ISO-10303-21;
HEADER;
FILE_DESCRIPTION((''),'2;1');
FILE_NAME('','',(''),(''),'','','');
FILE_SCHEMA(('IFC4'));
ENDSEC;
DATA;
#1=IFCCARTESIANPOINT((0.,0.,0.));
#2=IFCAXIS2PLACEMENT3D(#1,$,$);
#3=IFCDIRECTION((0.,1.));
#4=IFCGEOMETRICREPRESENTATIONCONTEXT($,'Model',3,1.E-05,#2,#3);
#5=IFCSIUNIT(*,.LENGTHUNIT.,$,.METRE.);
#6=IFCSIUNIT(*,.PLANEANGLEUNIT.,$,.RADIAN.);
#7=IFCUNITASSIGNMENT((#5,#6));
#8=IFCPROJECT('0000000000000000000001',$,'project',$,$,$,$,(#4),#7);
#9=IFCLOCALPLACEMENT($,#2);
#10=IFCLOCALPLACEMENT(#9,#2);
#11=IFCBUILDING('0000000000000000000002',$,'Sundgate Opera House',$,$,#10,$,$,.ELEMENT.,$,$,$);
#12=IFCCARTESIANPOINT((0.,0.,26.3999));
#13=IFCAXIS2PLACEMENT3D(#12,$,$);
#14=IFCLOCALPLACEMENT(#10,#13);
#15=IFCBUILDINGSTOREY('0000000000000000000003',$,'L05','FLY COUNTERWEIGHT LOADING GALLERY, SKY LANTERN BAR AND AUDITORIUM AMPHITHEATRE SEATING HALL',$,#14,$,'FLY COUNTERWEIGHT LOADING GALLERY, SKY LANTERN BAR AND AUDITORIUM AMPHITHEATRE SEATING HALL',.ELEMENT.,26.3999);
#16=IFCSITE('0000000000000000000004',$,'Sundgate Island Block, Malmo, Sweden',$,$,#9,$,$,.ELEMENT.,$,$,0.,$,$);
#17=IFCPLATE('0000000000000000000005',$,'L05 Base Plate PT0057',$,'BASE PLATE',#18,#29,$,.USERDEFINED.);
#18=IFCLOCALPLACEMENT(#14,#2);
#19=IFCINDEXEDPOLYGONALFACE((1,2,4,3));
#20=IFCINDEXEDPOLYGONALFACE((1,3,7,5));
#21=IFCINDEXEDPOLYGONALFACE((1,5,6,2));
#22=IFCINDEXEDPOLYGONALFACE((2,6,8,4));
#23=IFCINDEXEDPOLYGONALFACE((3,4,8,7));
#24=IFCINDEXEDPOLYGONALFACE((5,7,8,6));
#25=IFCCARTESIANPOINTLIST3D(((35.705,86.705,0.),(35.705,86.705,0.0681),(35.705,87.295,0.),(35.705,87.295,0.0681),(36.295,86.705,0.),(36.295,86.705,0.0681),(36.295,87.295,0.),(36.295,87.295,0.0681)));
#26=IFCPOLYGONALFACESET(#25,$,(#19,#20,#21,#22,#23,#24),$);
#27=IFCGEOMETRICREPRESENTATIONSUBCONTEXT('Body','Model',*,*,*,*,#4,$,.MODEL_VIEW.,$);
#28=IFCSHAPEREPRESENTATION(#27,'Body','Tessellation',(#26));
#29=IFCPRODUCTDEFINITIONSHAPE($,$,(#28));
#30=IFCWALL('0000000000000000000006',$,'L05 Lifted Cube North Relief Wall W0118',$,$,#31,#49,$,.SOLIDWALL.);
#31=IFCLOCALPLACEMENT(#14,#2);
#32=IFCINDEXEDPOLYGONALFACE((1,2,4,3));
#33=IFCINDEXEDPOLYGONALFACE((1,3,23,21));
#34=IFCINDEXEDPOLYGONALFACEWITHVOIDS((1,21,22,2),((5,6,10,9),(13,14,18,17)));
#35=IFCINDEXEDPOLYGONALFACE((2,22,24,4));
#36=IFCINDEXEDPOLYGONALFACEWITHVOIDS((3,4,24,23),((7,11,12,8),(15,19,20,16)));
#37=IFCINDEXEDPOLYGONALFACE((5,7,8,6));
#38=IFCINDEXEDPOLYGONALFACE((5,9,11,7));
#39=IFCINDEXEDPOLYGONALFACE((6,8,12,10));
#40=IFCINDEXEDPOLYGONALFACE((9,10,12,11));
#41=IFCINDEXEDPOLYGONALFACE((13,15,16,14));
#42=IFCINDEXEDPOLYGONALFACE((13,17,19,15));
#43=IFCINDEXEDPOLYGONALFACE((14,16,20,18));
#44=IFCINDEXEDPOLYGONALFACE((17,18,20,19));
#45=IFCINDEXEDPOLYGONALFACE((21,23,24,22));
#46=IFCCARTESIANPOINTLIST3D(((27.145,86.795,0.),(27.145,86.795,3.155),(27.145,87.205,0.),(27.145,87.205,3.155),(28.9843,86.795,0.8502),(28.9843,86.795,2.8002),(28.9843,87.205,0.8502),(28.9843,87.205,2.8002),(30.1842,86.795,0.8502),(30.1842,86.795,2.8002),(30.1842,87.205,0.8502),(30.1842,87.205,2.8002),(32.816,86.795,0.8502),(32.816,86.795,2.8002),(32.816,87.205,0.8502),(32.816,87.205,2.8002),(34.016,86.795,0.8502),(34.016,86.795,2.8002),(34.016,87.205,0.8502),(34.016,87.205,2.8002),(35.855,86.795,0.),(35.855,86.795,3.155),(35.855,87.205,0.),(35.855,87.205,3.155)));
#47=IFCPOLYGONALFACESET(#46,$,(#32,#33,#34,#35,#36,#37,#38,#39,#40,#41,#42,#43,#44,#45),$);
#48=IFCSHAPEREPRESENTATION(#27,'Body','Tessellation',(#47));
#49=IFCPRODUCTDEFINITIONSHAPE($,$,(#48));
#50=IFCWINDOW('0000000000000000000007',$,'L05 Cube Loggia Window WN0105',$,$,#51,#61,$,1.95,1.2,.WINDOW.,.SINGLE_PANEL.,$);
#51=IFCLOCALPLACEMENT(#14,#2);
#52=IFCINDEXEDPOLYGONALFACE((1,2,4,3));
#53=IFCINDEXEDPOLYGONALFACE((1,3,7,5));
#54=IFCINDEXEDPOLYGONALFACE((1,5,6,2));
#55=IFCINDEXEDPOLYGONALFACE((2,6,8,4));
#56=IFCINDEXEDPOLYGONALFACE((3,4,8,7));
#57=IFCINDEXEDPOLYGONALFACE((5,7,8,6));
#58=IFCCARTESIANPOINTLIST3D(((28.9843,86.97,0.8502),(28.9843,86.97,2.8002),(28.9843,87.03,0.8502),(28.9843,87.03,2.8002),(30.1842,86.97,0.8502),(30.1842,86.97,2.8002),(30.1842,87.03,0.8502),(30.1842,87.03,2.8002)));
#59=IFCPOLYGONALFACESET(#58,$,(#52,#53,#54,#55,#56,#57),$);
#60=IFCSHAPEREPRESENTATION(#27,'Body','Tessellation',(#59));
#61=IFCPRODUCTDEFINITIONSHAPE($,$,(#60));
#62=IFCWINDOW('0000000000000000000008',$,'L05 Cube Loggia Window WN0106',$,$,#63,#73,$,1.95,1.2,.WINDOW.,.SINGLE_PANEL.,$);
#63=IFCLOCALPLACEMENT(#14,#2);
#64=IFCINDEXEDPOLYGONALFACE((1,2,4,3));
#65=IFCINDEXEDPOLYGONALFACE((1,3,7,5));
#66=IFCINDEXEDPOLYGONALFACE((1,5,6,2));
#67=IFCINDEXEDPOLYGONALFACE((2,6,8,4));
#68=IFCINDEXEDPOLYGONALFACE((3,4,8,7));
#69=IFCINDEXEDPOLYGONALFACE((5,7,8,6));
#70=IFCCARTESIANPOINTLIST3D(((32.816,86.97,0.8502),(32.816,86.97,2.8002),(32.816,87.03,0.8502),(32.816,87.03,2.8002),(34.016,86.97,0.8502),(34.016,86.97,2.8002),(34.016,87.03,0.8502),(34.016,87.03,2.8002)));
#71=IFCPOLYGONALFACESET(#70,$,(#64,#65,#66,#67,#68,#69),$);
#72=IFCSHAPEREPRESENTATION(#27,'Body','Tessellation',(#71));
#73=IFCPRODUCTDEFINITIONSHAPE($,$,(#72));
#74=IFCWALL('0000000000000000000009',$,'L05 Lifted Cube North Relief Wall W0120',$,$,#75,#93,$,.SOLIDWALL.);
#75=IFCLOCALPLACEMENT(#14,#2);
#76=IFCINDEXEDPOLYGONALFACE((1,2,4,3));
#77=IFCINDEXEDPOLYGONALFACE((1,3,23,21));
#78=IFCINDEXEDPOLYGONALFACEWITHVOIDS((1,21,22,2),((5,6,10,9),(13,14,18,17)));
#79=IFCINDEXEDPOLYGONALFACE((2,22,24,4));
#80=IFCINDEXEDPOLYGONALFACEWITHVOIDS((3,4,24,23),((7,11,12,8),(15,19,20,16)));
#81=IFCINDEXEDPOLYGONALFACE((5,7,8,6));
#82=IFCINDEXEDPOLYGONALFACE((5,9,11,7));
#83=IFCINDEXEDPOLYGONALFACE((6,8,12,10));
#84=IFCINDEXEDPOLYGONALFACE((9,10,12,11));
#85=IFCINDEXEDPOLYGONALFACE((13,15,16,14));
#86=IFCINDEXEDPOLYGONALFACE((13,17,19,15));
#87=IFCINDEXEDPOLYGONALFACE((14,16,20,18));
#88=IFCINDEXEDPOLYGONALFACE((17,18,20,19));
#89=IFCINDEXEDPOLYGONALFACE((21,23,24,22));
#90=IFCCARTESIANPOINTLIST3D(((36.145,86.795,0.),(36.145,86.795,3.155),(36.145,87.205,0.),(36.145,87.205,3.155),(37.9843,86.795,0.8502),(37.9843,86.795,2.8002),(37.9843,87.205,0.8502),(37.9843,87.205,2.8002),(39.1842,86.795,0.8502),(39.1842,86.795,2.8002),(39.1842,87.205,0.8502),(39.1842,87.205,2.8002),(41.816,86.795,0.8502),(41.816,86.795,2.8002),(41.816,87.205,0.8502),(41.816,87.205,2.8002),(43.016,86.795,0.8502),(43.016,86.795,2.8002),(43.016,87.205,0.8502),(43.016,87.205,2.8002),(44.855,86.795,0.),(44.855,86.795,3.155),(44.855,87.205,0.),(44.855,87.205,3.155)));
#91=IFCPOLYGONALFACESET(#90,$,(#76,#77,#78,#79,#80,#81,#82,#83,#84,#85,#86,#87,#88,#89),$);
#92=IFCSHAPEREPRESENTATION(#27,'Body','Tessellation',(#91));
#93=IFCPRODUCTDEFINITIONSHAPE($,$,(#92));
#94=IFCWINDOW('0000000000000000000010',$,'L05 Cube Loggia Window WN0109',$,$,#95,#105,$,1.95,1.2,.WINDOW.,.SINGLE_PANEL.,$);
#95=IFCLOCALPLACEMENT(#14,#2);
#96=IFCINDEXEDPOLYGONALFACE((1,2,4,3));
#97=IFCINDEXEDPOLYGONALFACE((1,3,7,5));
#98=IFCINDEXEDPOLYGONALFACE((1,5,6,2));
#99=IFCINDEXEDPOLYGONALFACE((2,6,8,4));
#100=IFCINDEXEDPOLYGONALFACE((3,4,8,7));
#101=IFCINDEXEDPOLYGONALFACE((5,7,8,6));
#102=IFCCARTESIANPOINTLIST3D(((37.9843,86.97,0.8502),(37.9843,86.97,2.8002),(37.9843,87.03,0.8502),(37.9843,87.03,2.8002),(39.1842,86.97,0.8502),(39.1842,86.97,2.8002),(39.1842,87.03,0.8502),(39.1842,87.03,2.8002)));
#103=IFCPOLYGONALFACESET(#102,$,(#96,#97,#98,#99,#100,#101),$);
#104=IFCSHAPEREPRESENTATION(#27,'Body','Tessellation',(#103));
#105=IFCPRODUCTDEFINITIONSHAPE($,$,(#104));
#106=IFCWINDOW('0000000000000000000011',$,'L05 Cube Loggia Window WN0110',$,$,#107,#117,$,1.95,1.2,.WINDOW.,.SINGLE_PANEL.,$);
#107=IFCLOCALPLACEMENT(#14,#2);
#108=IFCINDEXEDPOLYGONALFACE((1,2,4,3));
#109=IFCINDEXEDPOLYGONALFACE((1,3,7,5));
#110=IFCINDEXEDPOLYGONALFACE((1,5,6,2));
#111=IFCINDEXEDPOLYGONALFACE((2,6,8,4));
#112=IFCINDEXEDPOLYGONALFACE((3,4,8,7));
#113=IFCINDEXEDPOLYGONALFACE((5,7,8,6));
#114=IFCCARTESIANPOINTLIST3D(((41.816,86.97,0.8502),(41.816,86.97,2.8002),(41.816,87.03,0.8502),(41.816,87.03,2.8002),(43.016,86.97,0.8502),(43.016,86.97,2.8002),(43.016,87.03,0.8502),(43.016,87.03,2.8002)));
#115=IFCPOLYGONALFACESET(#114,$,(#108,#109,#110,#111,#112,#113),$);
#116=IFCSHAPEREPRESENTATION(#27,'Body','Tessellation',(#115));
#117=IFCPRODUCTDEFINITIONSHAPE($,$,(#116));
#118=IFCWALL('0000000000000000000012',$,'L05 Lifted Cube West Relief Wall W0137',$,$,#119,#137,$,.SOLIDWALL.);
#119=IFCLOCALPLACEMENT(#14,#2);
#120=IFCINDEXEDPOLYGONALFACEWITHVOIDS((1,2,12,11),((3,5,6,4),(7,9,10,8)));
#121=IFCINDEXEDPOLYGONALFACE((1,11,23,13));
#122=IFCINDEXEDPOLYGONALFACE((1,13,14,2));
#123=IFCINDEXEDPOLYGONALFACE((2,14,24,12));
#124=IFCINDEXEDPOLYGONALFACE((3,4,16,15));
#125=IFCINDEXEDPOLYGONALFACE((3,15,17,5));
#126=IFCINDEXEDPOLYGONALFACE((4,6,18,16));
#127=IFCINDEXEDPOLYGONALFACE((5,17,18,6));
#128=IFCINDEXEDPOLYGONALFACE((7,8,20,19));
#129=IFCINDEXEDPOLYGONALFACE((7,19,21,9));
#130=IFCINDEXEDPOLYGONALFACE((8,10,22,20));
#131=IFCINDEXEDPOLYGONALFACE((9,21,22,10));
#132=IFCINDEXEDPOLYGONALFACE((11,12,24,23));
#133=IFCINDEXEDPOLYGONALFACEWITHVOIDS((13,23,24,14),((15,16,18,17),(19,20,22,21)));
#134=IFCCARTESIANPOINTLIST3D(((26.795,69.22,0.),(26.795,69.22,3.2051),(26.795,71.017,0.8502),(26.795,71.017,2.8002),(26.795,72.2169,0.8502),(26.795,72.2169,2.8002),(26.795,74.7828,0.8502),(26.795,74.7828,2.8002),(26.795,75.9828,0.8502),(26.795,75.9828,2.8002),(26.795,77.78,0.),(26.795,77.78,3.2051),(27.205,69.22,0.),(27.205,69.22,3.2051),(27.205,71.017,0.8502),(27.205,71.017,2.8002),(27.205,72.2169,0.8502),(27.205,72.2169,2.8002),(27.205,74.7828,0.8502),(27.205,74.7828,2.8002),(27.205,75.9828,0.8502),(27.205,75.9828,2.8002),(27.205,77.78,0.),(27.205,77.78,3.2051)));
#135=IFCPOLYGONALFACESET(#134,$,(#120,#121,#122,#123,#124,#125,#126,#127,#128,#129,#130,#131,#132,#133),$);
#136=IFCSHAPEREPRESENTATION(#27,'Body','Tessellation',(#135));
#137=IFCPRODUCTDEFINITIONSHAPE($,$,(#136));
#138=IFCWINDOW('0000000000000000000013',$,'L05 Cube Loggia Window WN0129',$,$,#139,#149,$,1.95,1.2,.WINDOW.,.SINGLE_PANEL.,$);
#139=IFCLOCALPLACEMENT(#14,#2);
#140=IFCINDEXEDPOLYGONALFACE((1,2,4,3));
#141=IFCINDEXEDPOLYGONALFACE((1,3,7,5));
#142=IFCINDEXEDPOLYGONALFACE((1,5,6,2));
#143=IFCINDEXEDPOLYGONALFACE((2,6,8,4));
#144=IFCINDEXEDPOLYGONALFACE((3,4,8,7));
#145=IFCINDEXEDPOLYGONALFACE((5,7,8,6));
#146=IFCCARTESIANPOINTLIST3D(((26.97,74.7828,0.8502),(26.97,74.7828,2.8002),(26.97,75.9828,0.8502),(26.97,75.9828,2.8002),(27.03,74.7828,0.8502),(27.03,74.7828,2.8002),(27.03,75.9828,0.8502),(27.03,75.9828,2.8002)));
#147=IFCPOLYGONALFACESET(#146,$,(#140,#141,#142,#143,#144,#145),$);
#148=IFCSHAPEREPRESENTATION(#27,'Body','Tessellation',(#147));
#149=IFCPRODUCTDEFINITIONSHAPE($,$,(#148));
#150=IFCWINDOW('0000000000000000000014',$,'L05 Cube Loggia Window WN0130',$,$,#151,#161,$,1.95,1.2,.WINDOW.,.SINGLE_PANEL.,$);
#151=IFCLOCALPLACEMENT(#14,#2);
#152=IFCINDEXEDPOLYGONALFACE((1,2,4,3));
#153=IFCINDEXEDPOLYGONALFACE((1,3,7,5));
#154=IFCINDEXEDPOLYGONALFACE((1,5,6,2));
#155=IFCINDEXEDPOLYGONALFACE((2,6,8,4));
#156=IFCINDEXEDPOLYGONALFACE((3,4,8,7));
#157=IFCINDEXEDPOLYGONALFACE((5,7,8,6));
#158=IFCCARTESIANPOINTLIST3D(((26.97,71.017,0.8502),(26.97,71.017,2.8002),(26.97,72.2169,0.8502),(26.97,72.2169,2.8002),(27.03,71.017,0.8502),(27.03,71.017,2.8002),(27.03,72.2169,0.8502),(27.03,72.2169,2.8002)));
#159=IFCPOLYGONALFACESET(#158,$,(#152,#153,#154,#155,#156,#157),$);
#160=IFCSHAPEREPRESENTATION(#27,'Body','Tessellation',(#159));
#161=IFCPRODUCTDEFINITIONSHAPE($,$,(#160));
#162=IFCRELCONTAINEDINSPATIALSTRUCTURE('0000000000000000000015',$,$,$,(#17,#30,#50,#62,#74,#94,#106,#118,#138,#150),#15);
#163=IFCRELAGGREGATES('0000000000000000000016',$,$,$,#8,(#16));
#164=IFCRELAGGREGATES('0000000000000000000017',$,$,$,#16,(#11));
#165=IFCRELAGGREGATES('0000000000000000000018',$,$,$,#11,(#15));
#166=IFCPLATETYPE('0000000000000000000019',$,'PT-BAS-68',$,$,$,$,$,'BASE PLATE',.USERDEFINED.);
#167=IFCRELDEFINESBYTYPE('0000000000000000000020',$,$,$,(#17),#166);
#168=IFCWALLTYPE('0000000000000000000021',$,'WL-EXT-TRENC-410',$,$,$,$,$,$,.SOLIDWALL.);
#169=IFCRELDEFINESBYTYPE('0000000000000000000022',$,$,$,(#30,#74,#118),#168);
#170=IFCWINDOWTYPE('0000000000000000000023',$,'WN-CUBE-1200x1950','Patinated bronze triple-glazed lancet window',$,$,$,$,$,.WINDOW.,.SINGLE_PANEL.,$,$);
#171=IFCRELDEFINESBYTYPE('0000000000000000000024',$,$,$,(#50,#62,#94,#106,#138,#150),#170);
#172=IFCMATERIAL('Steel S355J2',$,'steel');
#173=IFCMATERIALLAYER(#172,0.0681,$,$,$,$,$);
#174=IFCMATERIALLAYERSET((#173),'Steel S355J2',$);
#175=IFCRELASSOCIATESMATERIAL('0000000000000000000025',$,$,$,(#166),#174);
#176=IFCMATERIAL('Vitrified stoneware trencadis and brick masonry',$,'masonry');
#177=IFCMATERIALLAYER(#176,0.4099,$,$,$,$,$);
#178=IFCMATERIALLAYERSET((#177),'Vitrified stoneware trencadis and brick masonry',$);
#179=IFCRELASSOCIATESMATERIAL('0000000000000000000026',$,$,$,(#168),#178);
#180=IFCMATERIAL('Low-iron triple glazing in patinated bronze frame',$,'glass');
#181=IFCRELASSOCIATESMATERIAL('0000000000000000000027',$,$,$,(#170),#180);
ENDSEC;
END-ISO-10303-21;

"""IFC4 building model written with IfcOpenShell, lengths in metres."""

from ifc_helpers import new_model, si_unit, direction, frame, frame_2d, origin, origin_2d, place, context, subcontext, project, spatial, rectangle, extrude, material, layer, layer_set, type_object, element, fill, save


model = new_model("IFC4")

# Units and contexts
model_context = context("Model", 3, precision=1e-05, world=origin(), true_north=direction((0.0, 1.0)))
body_context = subcontext(model_context, "Body", "Model", "MODEL_VIEW")
ifc_project = project(units=[si_unit("LENGTHUNIT", "METRE"), si_unit("PLANEANGLEUNIT", "RADIAN")], contexts=[model_context])

# Site, building, storey
site_placement = place(None, origin())
site = spatial("IfcSite", under=ifc_project, at=site_placement, Name="Sundgate Island Block, Malmo, Sweden", CompositionType="ELEMENT", RefElevation=0.0)
building_placement = place(site_placement, origin())
building = spatial("IfcBuilding", under=site, at=building_placement, Name="Sundgate Opera House", CompositionType="ELEMENT")
storey_placement = place(building_placement, frame((0.0, 0.0, 26.3999)))
storey = spatial("IfcBuildingStorey", under=building, at=storey_placement, Name="L05", Description="FLY COUNTERWEIGHT LOADING GALLERY, SKY LANTERN BAR AND AUDITORIUM AMPHITHEATRE SEATING HALL", LongName="FLY COUNTERWEIGHT LOADING GALLERY, SKY LANTERN BAR AND AUDITORIUM AMPHITHEATRE SEATING HALL", CompositionType="ELEMENT", Elevation=26.3999)

# Plate
ifc_material_1 = material(Name="Steel S355J2", Category="steel")
ifc_layer_1 = layer(ifc_material_1, 0.0681)
ifc_layer_set_1 = layer_set([ifc_layer_1], Name="Steel S355J2")
plate_type_1 = type_object("IfcPlateType", Name="PT-BAS-68", ElementType="BASE PLATE", PredefinedType="USERDEFINED", material=ifc_layer_set_1)
plate_1_placement = place(storey_placement, frame((36.0, 87.0, 0.0), z_axis=(0.0, 0.0, 1.0), x_axis=(1.0, 0.0, 0.0)))
element("IfcPlate", 1, at=plate_1_placement, inside=storey, type_object=plate_type_1, Name="L05 Base Plate PT0057", ObjectType="BASE PLATE", PredefinedType="USERDEFINED", context=body_context, shape_type="SweptSolid", body=[
    extrude(rectangle(XDim=0.5901, YDim=0.5901, at=origin_2d()), origin(), (0.0, 0.0, 1.0), 0.0681),
])

# Walls, openings, windows
ifc_material_2 = material(Name="Vitrified stoneware trencadis and brick masonry", Category="masonry")
ifc_layer_2 = layer(ifc_material_2, 0.4099)
ifc_layer_set_2 = layer_set([ifc_layer_2], Name="Vitrified stoneware trencadis and brick masonry")
wall_type = type_object("IfcWallType", Name="WL-EXT-TRENC-410", PredefinedType="SOLIDWALL", material=ifc_layer_set_2)
wall_1_placement = place(storey_placement, frame((27.145, 87.0, 0.0), z_axis=(0.0, 0.0, 1.0), x_axis=(1.0, 0.0, 0.0)))
wall_1 = element("IfcWall", 2, at=wall_1_placement, inside=storey, type_object=wall_type, Name="L05 Lifted Cube North Relief Wall W0118", PredefinedType="SOLIDWALL", context=body_context, shape_type="SweptSolid", body=[
    extrude(rectangle(XDim=8.71, YDim=0.4099, at=frame_2d((4.355, 0.0))), origin(), (0.0, 0.0, 1.0), 3.155),
])
opening_1_placement = place(wall_1_placement, frame((1.8391, 0.0, 0.8501)))
opening_1 = element("IfcOpeningElement", 3, at=opening_1_placement, cuts=wall_1, PredefinedType="OPENING", context=body_context, shape_type="SweptSolid", body=[
    extrude(rectangle(XDim=1.2, YDim=1.95, at=frame_2d((0.6001, 0.9751))), frame((0.0, 0.2148, 0.0), z_axis=(0.0, -1.0, 0.0), x_axis=(1.0, 0.0, 0.0)), (0.0, 0.0, 1.0), 0.4299),
])
opening_2_placement = place(wall_1_placement, frame((5.6709, 0.0, 0.8501)))
opening_2 = element("IfcOpeningElement", 4, at=opening_2_placement, cuts=wall_1, PredefinedType="OPENING", context=body_context, shape_type="SweptSolid", body=[
    extrude(rectangle(XDim=1.2, YDim=1.95, at=frame_2d((0.6001, 0.9751))), frame((0.0, 0.2148, 0.0), z_axis=(0.0, -1.0, 0.0), x_axis=(1.0, 0.0, 0.0)), (0.0, 0.0, 1.0), 0.4299),
])
ifc_material_3 = material(Name="Low-iron triple glazing in patinated bronze frame", Category="glass")
window_type = type_object("IfcWindowType", Name="WN-CUBE-1200x1950", Description="Patinated bronze triple-glazed lancet window", PartitioningType="SINGLE_PANEL", PredefinedType="WINDOW", material=ifc_material_3)
window_1_placement = place(opening_1_placement, origin())
window_1 = element("IfcWindow", 5, at=window_1_placement, inside=storey, type_object=window_type, Name="L05 Cube Loggia Window WN0105", OverallHeight=1.95, OverallWidth=1.2, PartitioningType="SINGLE_PANEL", PredefinedType="WINDOW", context=body_context, shape_type="SweptSolid", body=[
    extrude(rectangle(XDim=1.2, YDim=1.95, at=frame_2d((0.6001, 0.9751))), frame((0.0, 0.03, 0.0), z_axis=(0.0, -1.0, 0.0), x_axis=(1.0, 0.0, 0.0)), (0.0, 0.0, 1.0), 0.0601),
])
fill(opening_1, window_1)
window_2_placement = place(opening_2_placement, origin())
window_2 = element("IfcWindow", 6, at=window_2_placement, inside=storey, type_object=window_type, Name="L05 Cube Loggia Window WN0106", OverallHeight=1.95, OverallWidth=1.2, PartitioningType="SINGLE_PANEL", PredefinedType="WINDOW", context=body_context, shape_type="SweptSolid", body=[
    extrude(rectangle(XDim=1.2, YDim=1.95, at=frame_2d((0.6001, 0.9751))), frame((0.0, 0.03, 0.0), z_axis=(0.0, -1.0, 0.0), x_axis=(1.0, 0.0, 0.0)), (0.0, 0.0, 1.0), 0.0601),
])
fill(opening_2, window_2)
wall_2_placement = place(storey_placement, frame((36.145, 87.0, 0.0), z_axis=(0.0, 0.0, 1.0), x_axis=(1.0, 0.0, 0.0)))
wall_2 = element("IfcWall", 7, at=wall_2_placement, inside=storey, type_object=wall_type, Name="L05 Lifted Cube North Relief Wall W0120", PredefinedType="SOLIDWALL", context=body_context, shape_type="SweptSolid", body=[
    extrude(rectangle(XDim=8.71, YDim=0.4099, at=frame_2d((4.355, 0.0))), origin(), (0.0, 0.0, 1.0), 3.155),
])
opening_3_placement = place(wall_2_placement, frame((1.8391, 0.0, 0.8501)))
opening_3 = element("IfcOpeningElement", 8, at=opening_3_placement, cuts=wall_2, PredefinedType="OPENING", context=body_context, shape_type="SweptSolid", body=[
    extrude(rectangle(XDim=1.2, YDim=1.95, at=frame_2d((0.6001, 0.9751))), frame((0.0, 0.2148, 0.0), z_axis=(0.0, -1.0, 0.0), x_axis=(1.0, 0.0, 0.0)), (0.0, 0.0, 1.0), 0.4299),
])
opening_4_placement = place(wall_2_placement, frame((5.6709, 0.0, 0.8501)))
opening_4 = element("IfcOpeningElement", 9, at=opening_4_placement, cuts=wall_2, PredefinedType="OPENING", context=body_context, shape_type="SweptSolid", body=[
    extrude(rectangle(XDim=1.2, YDim=1.95, at=frame_2d((0.6001, 0.9751))), frame((0.0, 0.2148, 0.0), z_axis=(0.0, -1.0, 0.0), x_axis=(1.0, 0.0, 0.0)), (0.0, 0.0, 1.0), 0.4299),
])
window_3_placement = place(opening_3_placement, origin())
window_3 = element("IfcWindow", 10, at=window_3_placement, inside=storey, type_object=window_type, Name="L05 Cube Loggia Window WN0109", OverallHeight=1.95, OverallWidth=1.2, PartitioningType="SINGLE_PANEL", PredefinedType="WINDOW", context=body_context, shape_type="SweptSolid", body=[
    extrude(rectangle(XDim=1.2, YDim=1.95, at=frame_2d((0.6001, 0.9751))), frame((0.0, 0.03, 0.0), z_axis=(0.0, -1.0, 0.0), x_axis=(1.0, 0.0, 0.0)), (0.0, 0.0, 1.0), 0.0601),
])
fill(opening_3, window_3)
window_4_placement = place(opening_4_placement, origin())
window_4 = element("IfcWindow", 11, at=window_4_placement, inside=storey, type_object=window_type, Name="L05 Cube Loggia Window WN0110", OverallHeight=1.95, OverallWidth=1.2, PartitioningType="SINGLE_PANEL", PredefinedType="WINDOW", context=body_context, shape_type="SweptSolid", body=[
    extrude(rectangle(XDim=1.2, YDim=1.95, at=frame_2d((0.6001, 0.9751))), frame((0.0, 0.03, 0.0), z_axis=(0.0, -1.0, 0.0), x_axis=(1.0, 0.0, 0.0)), (0.0, 0.0, 1.0), 0.0601),
])
fill(opening_4, window_4)
wall_3_placement = place(storey_placement, frame((27.0, 77.78, 0.0), z_axis=(0.0, 0.0, 1.0), x_axis=(0.0, -1.0, 0.0)))
wall_3 = element("IfcWall", 12, at=wall_3_placement, inside=storey, type_object=wall_type, Name="L05 Lifted Cube West Relief Wall W0137", PredefinedType="SOLIDWALL", context=body_context, shape_type="SweptSolid", body=[
    extrude(rectangle(XDim=8.5601, YDim=0.4099, at=frame_2d((4.28, 0.0))), origin(), (0.0, 0.0, 1.0), 3.2051),
])
opening_5_placement = place(wall_3_placement, frame((1.7971, 0.0, 0.8501)))
opening_5 = element("IfcOpeningElement", 13, at=opening_5_placement, cuts=wall_3, PredefinedType="OPENING", context=body_context, shape_type="SweptSolid", body=[
    extrude(rectangle(XDim=1.2, YDim=1.95, at=frame_2d((0.6001, 0.9751))), frame((0.0, 0.2148, 0.0), z_axis=(0.0, -1.0, 0.0), x_axis=(1.0, 0.0, 0.0)), (0.0, 0.0, 1.0), 0.4299),
])
opening_6_placement = place(wall_3_placement, frame((5.563, 0.0, 0.8501)))
opening_6 = element("IfcOpeningElement", 14, at=opening_6_placement, cuts=wall_3, PredefinedType="OPENING", context=body_context, shape_type="SweptSolid", body=[
    extrude(rectangle(XDim=1.2, YDim=1.95, at=frame_2d((0.6001, 0.9751))), frame((0.0, 0.2148, 0.0), z_axis=(0.0, -1.0, 0.0), x_axis=(1.0, 0.0, 0.0)), (0.0, 0.0, 1.0), 0.4299),
])
window_5_placement = place(opening_5_placement, origin())
window_5 = element("IfcWindow", 15, at=window_5_placement, inside=storey, type_object=window_type, Name="L05 Cube Loggia Window WN0129", OverallHeight=1.95, OverallWidth=1.2, PartitioningType="SINGLE_PANEL", PredefinedType="WINDOW", context=body_context, shape_type="SweptSolid", body=[
    extrude(rectangle(XDim=1.2, YDim=1.95, at=frame_2d((0.6001, 0.9751))), frame((0.0, 0.03, 0.0), z_axis=(0.0, -1.0, 0.0), x_axis=(1.0, 0.0, 0.0)), (0.0, 0.0, 1.0), 0.0601),
])
fill(opening_5, window_5)
window_6_placement = place(opening_6_placement, origin())
window_6 = element("IfcWindow", 16, at=window_6_placement, inside=storey, type_object=window_type, Name="L05 Cube Loggia Window WN0130", OverallHeight=1.95, OverallWidth=1.2, PartitioningType="SINGLE_PANEL", PredefinedType="WINDOW", context=body_context, shape_type="SweptSolid", body=[
    extrude(rectangle(XDim=1.2, YDim=1.95, at=frame_2d((0.6001, 0.9751))), frame((0.0, 0.03, 0.0), z_axis=(0.0, -1.0, 0.0), x_axis=(1.0, 0.0, 0.0)), (0.0, 0.0, 1.0), 0.0601),
])
fill(opening_6, window_6)

save(model, "model.ifc")
